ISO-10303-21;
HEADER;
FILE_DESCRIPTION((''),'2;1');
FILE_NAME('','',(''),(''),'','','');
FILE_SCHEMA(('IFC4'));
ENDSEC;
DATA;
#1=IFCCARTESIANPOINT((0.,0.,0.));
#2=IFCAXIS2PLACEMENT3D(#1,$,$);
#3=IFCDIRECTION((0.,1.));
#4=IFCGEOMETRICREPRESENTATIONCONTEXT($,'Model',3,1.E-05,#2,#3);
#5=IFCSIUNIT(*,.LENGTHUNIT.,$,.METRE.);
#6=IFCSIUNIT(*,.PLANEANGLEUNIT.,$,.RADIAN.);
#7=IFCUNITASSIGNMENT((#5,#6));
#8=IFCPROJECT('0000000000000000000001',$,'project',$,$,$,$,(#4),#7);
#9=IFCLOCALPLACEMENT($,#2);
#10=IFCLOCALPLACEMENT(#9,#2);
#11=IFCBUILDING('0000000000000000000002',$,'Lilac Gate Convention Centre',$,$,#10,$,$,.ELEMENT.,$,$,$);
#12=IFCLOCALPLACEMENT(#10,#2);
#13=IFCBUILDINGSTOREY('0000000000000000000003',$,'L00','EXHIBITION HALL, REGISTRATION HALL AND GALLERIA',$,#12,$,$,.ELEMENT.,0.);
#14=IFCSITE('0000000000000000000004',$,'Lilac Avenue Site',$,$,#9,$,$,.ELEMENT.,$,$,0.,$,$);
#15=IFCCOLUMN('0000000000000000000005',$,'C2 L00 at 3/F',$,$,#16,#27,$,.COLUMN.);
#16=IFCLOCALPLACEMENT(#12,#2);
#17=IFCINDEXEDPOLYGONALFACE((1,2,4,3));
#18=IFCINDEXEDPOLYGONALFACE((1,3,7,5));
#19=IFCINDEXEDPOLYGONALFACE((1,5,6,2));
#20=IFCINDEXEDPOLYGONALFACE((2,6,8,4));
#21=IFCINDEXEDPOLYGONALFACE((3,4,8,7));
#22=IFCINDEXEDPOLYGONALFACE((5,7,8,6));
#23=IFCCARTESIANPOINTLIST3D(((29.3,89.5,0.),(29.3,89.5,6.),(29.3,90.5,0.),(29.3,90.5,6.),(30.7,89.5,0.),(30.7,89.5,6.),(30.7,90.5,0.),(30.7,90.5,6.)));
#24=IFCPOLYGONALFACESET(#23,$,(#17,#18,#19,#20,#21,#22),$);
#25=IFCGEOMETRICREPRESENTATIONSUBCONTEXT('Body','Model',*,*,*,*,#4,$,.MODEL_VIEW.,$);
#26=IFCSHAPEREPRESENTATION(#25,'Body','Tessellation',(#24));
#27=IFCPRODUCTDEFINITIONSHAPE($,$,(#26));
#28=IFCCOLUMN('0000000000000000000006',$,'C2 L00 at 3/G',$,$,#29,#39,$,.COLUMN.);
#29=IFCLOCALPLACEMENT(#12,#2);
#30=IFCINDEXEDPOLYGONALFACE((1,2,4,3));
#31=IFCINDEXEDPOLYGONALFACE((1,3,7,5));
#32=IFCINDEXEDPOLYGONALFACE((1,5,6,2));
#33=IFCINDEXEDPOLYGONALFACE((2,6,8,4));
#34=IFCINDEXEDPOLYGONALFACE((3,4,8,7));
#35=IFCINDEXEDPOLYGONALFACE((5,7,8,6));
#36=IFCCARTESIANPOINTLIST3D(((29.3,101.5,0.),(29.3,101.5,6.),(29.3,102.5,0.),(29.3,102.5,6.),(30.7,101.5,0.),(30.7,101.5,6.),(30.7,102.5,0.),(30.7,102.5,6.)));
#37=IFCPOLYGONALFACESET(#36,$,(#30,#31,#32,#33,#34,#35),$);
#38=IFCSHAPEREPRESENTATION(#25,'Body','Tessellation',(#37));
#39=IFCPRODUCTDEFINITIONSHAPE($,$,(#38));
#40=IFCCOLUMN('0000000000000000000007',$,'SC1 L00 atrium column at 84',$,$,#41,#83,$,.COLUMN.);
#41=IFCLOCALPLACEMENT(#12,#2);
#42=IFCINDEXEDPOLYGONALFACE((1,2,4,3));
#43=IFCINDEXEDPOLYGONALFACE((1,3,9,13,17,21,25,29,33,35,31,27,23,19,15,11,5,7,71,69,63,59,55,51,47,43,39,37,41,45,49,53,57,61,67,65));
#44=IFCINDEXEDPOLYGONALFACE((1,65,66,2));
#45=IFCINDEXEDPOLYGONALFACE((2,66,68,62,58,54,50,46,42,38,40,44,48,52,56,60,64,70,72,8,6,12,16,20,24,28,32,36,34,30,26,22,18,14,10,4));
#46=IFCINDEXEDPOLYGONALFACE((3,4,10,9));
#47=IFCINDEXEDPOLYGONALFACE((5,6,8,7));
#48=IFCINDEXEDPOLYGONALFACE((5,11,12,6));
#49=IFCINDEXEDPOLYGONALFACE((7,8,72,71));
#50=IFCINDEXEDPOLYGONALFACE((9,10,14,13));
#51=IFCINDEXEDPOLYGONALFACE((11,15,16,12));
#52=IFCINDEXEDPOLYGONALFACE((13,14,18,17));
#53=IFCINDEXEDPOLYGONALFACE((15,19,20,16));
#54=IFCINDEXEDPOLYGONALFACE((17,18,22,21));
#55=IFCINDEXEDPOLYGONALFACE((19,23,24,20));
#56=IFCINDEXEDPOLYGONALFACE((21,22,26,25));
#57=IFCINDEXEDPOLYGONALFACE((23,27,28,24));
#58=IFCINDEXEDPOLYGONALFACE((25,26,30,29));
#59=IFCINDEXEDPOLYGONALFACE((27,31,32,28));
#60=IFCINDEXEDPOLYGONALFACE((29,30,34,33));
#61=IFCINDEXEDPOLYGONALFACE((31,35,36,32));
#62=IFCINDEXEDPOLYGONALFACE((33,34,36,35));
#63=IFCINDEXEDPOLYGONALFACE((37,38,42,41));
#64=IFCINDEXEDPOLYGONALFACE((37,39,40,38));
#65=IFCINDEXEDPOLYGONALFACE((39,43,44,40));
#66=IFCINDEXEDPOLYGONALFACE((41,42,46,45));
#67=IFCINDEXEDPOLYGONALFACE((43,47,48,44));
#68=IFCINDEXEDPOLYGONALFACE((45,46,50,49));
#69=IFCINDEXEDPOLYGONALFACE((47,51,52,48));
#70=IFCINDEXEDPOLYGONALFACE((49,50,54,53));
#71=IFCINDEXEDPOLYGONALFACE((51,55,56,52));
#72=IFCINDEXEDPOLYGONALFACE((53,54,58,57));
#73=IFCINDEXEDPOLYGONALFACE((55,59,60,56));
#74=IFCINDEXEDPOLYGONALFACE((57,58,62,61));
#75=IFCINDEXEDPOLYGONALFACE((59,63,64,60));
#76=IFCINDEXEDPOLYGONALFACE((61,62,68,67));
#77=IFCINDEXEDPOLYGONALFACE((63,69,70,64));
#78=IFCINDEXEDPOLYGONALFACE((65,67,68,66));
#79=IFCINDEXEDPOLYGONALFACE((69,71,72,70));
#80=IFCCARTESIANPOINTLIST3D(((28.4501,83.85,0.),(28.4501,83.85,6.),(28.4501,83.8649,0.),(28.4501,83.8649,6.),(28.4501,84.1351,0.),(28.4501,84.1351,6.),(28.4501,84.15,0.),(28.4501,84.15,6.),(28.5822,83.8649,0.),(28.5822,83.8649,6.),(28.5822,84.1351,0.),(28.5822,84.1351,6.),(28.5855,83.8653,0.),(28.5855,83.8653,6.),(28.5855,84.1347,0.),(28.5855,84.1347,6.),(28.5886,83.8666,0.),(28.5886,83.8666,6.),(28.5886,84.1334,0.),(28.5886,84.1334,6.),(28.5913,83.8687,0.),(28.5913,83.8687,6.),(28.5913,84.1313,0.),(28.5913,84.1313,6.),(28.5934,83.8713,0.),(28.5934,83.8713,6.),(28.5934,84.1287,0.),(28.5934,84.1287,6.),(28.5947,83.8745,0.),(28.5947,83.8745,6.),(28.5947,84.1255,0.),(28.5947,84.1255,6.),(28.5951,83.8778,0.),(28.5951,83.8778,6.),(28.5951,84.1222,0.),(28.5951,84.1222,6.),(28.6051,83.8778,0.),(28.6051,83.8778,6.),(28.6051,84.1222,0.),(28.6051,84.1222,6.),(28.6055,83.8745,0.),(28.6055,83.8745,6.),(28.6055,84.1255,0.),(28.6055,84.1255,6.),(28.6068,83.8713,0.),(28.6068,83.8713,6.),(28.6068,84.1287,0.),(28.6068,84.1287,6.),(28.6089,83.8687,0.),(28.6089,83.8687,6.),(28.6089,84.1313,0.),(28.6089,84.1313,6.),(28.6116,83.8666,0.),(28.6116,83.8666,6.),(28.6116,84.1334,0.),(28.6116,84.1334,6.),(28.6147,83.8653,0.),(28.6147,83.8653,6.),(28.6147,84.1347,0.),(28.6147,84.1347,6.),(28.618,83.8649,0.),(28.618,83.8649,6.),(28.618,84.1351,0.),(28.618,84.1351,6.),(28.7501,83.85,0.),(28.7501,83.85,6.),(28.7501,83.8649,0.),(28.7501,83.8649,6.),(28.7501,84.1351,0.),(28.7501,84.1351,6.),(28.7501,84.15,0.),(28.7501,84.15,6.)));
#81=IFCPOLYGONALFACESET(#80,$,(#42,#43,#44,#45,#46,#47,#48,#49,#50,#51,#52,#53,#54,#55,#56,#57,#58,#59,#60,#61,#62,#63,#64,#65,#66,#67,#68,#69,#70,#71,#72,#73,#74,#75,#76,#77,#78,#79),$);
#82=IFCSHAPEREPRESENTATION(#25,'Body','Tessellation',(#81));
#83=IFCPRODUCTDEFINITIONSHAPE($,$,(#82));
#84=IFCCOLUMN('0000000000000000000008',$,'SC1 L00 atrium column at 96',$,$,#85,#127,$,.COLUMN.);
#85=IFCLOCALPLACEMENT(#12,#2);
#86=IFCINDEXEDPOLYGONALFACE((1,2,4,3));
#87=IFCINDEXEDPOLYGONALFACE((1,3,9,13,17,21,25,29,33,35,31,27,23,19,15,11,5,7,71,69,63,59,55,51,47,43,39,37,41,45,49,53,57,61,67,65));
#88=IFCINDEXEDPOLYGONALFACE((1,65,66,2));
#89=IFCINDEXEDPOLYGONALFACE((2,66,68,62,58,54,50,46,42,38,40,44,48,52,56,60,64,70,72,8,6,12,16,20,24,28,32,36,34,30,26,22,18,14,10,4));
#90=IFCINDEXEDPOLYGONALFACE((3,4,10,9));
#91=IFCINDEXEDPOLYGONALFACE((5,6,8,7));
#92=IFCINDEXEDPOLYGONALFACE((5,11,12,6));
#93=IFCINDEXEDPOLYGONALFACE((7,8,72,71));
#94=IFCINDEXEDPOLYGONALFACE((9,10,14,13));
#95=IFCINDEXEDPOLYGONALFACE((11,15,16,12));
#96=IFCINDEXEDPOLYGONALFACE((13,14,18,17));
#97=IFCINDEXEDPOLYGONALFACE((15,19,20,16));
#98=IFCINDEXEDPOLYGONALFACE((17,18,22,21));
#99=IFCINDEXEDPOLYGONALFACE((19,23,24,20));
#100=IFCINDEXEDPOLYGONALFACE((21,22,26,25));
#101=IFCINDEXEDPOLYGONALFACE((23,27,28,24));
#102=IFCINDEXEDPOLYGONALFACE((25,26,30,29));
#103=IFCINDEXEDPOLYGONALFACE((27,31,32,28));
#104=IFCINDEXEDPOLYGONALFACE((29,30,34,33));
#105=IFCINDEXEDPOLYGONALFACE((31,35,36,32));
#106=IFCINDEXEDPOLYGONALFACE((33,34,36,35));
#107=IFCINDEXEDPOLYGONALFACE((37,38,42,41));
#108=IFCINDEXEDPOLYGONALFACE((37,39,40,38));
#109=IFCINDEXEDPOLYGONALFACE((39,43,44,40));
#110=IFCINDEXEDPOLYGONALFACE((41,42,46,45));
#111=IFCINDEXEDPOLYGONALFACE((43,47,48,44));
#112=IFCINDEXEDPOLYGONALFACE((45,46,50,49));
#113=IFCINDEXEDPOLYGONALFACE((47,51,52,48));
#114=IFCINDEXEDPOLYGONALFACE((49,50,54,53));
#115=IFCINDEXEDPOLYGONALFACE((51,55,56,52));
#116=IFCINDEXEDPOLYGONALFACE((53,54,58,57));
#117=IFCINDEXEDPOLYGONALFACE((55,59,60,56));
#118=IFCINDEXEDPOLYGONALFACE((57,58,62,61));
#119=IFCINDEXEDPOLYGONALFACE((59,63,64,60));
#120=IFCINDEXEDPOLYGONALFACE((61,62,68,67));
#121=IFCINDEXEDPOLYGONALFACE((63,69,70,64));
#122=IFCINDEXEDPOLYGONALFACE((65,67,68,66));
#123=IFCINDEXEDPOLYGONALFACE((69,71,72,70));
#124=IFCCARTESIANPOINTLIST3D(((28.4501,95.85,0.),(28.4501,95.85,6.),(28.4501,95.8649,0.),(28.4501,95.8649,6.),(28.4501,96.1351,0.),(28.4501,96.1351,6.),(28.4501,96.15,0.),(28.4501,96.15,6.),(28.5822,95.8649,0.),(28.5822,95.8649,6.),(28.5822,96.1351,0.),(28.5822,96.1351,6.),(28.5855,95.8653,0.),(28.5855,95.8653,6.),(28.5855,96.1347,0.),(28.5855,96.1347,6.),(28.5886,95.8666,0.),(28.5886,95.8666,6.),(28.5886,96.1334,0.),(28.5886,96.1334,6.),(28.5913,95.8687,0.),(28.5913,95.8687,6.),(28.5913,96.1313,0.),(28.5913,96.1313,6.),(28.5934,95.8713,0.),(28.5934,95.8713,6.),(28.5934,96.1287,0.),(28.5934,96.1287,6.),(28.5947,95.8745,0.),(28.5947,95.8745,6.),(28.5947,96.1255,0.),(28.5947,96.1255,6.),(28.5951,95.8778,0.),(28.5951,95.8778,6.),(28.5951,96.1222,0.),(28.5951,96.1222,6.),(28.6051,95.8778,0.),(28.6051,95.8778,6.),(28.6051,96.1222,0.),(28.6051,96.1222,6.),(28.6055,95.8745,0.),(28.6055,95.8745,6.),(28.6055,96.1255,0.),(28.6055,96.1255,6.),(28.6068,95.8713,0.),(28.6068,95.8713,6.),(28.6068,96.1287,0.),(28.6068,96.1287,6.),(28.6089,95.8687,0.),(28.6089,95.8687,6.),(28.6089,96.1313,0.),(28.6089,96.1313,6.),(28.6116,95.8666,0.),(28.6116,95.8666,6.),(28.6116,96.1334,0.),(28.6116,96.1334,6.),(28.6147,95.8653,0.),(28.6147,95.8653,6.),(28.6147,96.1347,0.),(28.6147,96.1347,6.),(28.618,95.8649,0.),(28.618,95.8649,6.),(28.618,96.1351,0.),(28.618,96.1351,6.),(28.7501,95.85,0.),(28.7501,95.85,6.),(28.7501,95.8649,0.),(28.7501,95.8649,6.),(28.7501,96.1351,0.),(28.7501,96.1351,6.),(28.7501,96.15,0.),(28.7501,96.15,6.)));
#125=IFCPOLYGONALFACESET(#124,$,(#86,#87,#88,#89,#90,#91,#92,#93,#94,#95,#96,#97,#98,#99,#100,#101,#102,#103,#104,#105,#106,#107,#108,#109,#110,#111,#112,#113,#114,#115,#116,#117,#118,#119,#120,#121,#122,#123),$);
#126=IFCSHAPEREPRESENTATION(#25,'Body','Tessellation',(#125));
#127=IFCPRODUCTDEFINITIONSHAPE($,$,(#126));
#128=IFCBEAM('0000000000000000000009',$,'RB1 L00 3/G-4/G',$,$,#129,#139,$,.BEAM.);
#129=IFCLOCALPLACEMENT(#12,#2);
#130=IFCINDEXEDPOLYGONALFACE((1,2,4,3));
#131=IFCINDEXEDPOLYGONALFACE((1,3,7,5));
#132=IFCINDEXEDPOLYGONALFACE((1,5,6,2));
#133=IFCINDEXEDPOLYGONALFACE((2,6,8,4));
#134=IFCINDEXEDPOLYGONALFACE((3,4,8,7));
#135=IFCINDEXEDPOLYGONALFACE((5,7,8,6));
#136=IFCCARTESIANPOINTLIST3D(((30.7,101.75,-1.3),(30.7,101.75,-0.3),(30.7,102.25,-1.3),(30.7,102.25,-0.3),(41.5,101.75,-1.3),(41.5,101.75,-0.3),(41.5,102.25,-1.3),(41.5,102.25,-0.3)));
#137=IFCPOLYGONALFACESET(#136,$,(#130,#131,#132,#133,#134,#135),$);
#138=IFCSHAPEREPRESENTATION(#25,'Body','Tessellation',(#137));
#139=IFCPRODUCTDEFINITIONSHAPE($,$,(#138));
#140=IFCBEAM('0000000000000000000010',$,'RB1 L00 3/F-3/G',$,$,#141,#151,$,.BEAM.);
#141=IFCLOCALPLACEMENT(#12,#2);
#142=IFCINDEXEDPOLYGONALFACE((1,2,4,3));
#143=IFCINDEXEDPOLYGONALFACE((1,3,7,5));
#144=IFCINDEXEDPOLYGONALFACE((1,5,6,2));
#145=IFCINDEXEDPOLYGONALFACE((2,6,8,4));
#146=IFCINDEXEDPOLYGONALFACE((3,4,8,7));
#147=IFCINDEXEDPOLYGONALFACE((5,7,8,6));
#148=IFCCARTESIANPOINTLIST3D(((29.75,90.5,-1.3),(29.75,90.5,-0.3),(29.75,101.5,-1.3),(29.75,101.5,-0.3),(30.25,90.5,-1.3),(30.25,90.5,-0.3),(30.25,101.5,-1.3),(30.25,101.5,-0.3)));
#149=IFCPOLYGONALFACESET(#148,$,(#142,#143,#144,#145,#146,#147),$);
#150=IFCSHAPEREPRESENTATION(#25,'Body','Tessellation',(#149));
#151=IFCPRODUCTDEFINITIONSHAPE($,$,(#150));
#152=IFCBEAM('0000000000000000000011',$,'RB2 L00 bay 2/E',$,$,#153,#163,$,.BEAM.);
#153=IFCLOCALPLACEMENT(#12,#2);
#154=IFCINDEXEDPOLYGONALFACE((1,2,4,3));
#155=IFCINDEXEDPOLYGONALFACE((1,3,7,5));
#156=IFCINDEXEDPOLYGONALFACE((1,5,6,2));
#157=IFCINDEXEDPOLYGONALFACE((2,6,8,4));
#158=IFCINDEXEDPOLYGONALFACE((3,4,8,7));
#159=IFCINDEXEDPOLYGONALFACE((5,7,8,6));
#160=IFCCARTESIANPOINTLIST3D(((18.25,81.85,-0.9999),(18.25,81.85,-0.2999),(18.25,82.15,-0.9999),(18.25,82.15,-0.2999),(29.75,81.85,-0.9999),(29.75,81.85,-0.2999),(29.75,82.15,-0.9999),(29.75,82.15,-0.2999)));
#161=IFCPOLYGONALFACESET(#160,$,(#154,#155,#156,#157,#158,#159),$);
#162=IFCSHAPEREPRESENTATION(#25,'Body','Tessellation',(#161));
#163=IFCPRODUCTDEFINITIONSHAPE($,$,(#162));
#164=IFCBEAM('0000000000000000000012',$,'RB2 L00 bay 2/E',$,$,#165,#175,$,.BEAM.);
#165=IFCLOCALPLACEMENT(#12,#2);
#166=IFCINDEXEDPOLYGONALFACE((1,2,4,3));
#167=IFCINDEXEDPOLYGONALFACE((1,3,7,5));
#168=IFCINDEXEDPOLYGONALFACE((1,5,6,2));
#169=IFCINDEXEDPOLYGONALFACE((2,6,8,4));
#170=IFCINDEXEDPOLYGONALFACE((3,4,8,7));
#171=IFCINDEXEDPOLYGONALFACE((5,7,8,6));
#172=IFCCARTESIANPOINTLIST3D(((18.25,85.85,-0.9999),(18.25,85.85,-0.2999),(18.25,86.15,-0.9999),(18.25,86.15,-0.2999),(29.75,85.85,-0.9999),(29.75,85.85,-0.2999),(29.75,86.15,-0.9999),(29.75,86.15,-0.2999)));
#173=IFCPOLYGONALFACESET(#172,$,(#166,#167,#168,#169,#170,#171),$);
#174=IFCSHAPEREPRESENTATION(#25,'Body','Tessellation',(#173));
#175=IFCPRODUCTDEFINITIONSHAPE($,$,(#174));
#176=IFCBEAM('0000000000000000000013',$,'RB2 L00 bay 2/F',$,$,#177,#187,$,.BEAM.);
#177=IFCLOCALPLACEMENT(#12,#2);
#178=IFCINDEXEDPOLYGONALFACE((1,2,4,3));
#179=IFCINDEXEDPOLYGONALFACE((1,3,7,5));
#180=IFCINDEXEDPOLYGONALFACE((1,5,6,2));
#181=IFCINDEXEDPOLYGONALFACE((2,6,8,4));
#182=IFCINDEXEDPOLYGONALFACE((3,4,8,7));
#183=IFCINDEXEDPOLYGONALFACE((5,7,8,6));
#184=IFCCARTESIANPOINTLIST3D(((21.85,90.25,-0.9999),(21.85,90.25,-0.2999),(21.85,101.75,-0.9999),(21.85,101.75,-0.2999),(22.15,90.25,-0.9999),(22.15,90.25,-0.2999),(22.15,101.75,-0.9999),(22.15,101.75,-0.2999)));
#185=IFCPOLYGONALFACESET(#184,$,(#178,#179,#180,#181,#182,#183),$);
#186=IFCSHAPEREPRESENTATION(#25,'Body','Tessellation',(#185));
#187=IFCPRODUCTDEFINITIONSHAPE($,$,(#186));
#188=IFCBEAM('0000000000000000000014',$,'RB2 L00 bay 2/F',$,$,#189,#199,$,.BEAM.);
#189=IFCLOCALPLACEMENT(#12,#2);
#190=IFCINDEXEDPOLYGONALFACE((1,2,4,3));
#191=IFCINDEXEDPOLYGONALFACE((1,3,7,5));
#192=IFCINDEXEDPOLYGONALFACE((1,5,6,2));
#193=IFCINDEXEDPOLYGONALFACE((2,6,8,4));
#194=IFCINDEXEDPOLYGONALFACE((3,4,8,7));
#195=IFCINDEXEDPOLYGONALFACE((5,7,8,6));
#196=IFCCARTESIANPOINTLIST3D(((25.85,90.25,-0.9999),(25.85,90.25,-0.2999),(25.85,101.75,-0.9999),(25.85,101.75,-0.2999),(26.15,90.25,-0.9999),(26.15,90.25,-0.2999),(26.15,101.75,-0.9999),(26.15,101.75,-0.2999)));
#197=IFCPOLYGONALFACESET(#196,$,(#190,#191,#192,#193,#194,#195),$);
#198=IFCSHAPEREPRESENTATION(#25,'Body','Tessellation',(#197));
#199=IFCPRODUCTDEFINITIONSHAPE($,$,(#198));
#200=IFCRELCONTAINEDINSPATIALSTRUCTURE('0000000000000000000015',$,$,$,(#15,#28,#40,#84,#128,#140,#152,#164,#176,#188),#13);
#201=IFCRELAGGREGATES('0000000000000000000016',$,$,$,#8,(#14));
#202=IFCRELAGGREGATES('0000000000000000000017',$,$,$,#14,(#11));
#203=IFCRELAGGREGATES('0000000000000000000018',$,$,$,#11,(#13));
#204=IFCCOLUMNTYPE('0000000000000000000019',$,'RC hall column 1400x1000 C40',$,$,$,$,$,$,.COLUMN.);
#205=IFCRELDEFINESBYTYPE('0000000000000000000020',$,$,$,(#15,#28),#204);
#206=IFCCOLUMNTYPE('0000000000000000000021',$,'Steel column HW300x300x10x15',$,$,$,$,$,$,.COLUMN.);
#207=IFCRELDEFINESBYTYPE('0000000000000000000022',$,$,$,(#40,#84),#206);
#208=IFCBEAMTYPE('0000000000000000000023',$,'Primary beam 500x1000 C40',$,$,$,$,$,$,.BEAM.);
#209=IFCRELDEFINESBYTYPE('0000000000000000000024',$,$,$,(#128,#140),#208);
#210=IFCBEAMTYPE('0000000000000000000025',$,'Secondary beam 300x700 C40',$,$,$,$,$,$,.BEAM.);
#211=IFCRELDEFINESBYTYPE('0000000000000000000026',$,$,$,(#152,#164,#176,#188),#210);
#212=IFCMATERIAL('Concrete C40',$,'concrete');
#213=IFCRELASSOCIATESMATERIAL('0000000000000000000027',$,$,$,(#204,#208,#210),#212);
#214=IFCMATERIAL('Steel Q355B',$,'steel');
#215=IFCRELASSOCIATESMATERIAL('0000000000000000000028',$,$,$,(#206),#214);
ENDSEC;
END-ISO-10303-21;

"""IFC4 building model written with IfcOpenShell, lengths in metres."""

from ifc_helpers import new_model, si_unit, direction, frame, origin, origin_2d, place, context, subcontext, project, spatial, rectangle, i_section, extrude, material, material_profile, profile_set, type_object, element, save


model = new_model("IFC4")

# Units and contexts
model_context = context("Model", 3, precision=1e-05, world=origin(), true_north=direction((0.0, 1.0)))
body_context = subcontext(model_context, "Body", "Model", "MODEL_VIEW")
ifc_project = project(units=[si_unit("LENGTHUNIT", "METRE"), si_unit("PLANEANGLEUNIT", "RADIAN")], contexts=[model_context])

# Site, building, storey
site_placement = place(None, origin())
site = spatial("IfcSite", under=ifc_project, at=site_placement, Name="Lilac Avenue Site", CompositionType="ELEMENT", RefElevation=0.0)
building_placement = place(site_placement, origin())
building = spatial("IfcBuilding", under=site, at=building_placement, Name="Lilac Gate Convention Centre", CompositionType="ELEMENT")
storey_placement = place(building_placement, origin())
storey = spatial("IfcBuildingStorey", under=building, at=storey_placement, Name="L00", Description="EXHIBITION HALL, REGISTRATION HALL AND GALLERIA", CompositionType="ELEMENT", Elevation=0.0)

# Columns
ifc_material_1 = material(Name="Concrete C40", Category="concrete")
ifc_material_profile_1 = material_profile(ifc_material_1, rectangle(XDim=1.3999, YDim=1.0, at=origin_2d()), Name="RC 1400x1000")
ifc_profile_set_1 = profile_set([ifc_material_profile_1], Name="Concrete C40")
column_type_1 = type_object("IfcColumnType", Name="RC hall column 1400x1000 C40", PredefinedType="COLUMN", material=ifc_profile_set_1)
for number, where, z_axis, x_axis, name in (
    (1, (30.0, 90.0, 0.0), (0.0, 0.0, 1.0), (1.0, 0.0, 0.0), "C2 L00 at 3/F"),
    (2, (30.0, 102.0, 0.0), (0.0, 0.0, 1.0), (1.0, 0.0, 0.0), "C2 L00 at 3/G"),
):
    element("IfcColumn", number, at=place(storey_placement, frame(where, z_axis=z_axis, x_axis=x_axis)), inside=storey, type_object=column_type_1, Name=name, PredefinedType="COLUMN", context=body_context, shape_type="SweptSolid", body=[
        extrude(rectangle(XDim=1.3999, YDim=1.0, at=origin_2d()), origin(), (0.0, 0.0, 1.0), 6.0),
    ])
ifc_material_2 = material(Name="Steel Q355B", Category="steel")
ifc_material_profile_2 = material_profile(ifc_material_2, i_section(OverallWidth=0.3, OverallDepth=0.3, WebThickness=0.01, FlangeThickness=0.0149, FilletRadius=0.0129, at=origin_2d()), Name="HW300x300x10x15")
ifc_profile_set_2 = profile_set([ifc_material_profile_2], Name="Steel Q355B")
column_type_2 = type_object("IfcColumnType", Name="Steel column HW300x300x10x15", PredefinedType="COLUMN", material=ifc_profile_set_2)
for number, where, z_axis, x_axis, name in (
    (3, (28.6001, 84.0, 0.0), (0.0, 0.0, 1.0), (1.0, 0.0, 0.0), "SC1 L00 atrium column at 84"),
    (4, (28.6001, 96.0, 0.0), (0.0, 0.0, 1.0), (1.0, 0.0, 0.0), "SC1 L00 atrium column at 96"),
):
    element("IfcColumn", number, at=place(storey_placement, frame(where, z_axis=z_axis, x_axis=x_axis)), inside=storey, type_object=column_type_2, Name=name, PredefinedType="COLUMN", context=body_context, shape_type="SweptSolid", body=[
        extrude(i_section(OverallWidth=0.3, OverallDepth=0.3, WebThickness=0.01, FlangeThickness=0.0149, FilletRadius=0.0129, at=origin_2d()), origin(), (0.0, 0.0, 1.0), 6.0),
    ])

# Beams
ifc_material_profile_3 = material_profile(ifc_material_1, rectangle(XDim=0.5, YDim=1.0, at=origin_2d()), Name="RC 500x1000")
ifc_profile_set_3 = profile_set([ifc_material_profile_3], Name="Concrete C40")
beam_type_1 = type_object("IfcBeamType", Name="Primary beam 500x1000 C40", PredefinedType="BEAM", material=ifc_profile_set_3)
beam_1_placement = place(storey_placement, frame((30.7, 102.0, -0.8), z_axis=(1.0, 0.0, 0.0), x_axis=(0.0, 1.0, 0.0)))
element("IfcBeam", 5, at=beam_1_placement, inside=storey, type_object=beam_type_1, Name="RB1 L00 3/G-4/G", PredefinedType="BEAM", context=body_context, shape_type="SweptSolid", body=[
    extrude(rectangle(XDim=0.5, YDim=1.0, at=origin_2d()), origin(), (0.0, 0.0, 1.0), 10.8),
])
beam_2_placement = place(storey_placement, frame((30.0, 90.5, -0.8), z_axis=(0.0, 1.0, 0.0), x_axis=(-1.0, 0.0, 0.0)))
element("IfcBeam", 6, at=beam_2_placement, inside=storey, type_object=beam_type_1, Name="RB1 L00 3/F-3/G", PredefinedType="BEAM", context=body_context, shape_type="SweptSolid", body=[
    extrude(rectangle(XDim=0.5, YDim=1.0, at=origin_2d()), origin(), (0.0, 0.0, 1.0), 11.0),
])
ifc_material_profile_4 = material_profile(ifc_material_1, rectangle(XDim=0.3, YDim=0.7, at=origin_2d()), Name="RC 300x700")
ifc_profile_set_4 = profile_set([ifc_material_profile_4], Name="Concrete C40")
beam_type_2 = type_object("IfcBeamType", Name="Secondary beam 300x700 C40", PredefinedType="BEAM", material=ifc_profile_set_4)
for number, where, z_axis, x_axis, name in (
    (7, (18.25, 82.0, -0.6499), (1.0, 0.0, 0.0), (0.0, 1.0, 0.0), "RB2 L00 bay 2/E"),
    (8, (18.25, 86.0, -0.6499), (1.0, 0.0, 0.0), (0.0, 1.0, 0.0), "RB2 L00 bay 2/E"),
    (9, (22.0, 90.25, -0.6499), (0.0, 1.0, 0.0), (-1.0, 0.0, 0.0), "RB2 L00 bay 2/F"),
    (10, (26.0, 90.25, -0.6499), (0.0, 1.0, 0.0), (-1.0, 0.0, 0.0), "RB2 L00 bay 2/F"),
):
    element("IfcBeam", number, at=place(storey_placement, frame(where, z_axis=z_axis, x_axis=x_axis)), inside=storey, type_object=beam_type_2, Name=name, PredefinedType="BEAM", context=body_context, shape_type="SweptSolid", body=[
        extrude(rectangle(XDim=0.3, YDim=0.7, at=origin_2d()), origin(), (0.0, 0.0, 1.0), 11.5),
    ])

save(model, "model.ifc")
